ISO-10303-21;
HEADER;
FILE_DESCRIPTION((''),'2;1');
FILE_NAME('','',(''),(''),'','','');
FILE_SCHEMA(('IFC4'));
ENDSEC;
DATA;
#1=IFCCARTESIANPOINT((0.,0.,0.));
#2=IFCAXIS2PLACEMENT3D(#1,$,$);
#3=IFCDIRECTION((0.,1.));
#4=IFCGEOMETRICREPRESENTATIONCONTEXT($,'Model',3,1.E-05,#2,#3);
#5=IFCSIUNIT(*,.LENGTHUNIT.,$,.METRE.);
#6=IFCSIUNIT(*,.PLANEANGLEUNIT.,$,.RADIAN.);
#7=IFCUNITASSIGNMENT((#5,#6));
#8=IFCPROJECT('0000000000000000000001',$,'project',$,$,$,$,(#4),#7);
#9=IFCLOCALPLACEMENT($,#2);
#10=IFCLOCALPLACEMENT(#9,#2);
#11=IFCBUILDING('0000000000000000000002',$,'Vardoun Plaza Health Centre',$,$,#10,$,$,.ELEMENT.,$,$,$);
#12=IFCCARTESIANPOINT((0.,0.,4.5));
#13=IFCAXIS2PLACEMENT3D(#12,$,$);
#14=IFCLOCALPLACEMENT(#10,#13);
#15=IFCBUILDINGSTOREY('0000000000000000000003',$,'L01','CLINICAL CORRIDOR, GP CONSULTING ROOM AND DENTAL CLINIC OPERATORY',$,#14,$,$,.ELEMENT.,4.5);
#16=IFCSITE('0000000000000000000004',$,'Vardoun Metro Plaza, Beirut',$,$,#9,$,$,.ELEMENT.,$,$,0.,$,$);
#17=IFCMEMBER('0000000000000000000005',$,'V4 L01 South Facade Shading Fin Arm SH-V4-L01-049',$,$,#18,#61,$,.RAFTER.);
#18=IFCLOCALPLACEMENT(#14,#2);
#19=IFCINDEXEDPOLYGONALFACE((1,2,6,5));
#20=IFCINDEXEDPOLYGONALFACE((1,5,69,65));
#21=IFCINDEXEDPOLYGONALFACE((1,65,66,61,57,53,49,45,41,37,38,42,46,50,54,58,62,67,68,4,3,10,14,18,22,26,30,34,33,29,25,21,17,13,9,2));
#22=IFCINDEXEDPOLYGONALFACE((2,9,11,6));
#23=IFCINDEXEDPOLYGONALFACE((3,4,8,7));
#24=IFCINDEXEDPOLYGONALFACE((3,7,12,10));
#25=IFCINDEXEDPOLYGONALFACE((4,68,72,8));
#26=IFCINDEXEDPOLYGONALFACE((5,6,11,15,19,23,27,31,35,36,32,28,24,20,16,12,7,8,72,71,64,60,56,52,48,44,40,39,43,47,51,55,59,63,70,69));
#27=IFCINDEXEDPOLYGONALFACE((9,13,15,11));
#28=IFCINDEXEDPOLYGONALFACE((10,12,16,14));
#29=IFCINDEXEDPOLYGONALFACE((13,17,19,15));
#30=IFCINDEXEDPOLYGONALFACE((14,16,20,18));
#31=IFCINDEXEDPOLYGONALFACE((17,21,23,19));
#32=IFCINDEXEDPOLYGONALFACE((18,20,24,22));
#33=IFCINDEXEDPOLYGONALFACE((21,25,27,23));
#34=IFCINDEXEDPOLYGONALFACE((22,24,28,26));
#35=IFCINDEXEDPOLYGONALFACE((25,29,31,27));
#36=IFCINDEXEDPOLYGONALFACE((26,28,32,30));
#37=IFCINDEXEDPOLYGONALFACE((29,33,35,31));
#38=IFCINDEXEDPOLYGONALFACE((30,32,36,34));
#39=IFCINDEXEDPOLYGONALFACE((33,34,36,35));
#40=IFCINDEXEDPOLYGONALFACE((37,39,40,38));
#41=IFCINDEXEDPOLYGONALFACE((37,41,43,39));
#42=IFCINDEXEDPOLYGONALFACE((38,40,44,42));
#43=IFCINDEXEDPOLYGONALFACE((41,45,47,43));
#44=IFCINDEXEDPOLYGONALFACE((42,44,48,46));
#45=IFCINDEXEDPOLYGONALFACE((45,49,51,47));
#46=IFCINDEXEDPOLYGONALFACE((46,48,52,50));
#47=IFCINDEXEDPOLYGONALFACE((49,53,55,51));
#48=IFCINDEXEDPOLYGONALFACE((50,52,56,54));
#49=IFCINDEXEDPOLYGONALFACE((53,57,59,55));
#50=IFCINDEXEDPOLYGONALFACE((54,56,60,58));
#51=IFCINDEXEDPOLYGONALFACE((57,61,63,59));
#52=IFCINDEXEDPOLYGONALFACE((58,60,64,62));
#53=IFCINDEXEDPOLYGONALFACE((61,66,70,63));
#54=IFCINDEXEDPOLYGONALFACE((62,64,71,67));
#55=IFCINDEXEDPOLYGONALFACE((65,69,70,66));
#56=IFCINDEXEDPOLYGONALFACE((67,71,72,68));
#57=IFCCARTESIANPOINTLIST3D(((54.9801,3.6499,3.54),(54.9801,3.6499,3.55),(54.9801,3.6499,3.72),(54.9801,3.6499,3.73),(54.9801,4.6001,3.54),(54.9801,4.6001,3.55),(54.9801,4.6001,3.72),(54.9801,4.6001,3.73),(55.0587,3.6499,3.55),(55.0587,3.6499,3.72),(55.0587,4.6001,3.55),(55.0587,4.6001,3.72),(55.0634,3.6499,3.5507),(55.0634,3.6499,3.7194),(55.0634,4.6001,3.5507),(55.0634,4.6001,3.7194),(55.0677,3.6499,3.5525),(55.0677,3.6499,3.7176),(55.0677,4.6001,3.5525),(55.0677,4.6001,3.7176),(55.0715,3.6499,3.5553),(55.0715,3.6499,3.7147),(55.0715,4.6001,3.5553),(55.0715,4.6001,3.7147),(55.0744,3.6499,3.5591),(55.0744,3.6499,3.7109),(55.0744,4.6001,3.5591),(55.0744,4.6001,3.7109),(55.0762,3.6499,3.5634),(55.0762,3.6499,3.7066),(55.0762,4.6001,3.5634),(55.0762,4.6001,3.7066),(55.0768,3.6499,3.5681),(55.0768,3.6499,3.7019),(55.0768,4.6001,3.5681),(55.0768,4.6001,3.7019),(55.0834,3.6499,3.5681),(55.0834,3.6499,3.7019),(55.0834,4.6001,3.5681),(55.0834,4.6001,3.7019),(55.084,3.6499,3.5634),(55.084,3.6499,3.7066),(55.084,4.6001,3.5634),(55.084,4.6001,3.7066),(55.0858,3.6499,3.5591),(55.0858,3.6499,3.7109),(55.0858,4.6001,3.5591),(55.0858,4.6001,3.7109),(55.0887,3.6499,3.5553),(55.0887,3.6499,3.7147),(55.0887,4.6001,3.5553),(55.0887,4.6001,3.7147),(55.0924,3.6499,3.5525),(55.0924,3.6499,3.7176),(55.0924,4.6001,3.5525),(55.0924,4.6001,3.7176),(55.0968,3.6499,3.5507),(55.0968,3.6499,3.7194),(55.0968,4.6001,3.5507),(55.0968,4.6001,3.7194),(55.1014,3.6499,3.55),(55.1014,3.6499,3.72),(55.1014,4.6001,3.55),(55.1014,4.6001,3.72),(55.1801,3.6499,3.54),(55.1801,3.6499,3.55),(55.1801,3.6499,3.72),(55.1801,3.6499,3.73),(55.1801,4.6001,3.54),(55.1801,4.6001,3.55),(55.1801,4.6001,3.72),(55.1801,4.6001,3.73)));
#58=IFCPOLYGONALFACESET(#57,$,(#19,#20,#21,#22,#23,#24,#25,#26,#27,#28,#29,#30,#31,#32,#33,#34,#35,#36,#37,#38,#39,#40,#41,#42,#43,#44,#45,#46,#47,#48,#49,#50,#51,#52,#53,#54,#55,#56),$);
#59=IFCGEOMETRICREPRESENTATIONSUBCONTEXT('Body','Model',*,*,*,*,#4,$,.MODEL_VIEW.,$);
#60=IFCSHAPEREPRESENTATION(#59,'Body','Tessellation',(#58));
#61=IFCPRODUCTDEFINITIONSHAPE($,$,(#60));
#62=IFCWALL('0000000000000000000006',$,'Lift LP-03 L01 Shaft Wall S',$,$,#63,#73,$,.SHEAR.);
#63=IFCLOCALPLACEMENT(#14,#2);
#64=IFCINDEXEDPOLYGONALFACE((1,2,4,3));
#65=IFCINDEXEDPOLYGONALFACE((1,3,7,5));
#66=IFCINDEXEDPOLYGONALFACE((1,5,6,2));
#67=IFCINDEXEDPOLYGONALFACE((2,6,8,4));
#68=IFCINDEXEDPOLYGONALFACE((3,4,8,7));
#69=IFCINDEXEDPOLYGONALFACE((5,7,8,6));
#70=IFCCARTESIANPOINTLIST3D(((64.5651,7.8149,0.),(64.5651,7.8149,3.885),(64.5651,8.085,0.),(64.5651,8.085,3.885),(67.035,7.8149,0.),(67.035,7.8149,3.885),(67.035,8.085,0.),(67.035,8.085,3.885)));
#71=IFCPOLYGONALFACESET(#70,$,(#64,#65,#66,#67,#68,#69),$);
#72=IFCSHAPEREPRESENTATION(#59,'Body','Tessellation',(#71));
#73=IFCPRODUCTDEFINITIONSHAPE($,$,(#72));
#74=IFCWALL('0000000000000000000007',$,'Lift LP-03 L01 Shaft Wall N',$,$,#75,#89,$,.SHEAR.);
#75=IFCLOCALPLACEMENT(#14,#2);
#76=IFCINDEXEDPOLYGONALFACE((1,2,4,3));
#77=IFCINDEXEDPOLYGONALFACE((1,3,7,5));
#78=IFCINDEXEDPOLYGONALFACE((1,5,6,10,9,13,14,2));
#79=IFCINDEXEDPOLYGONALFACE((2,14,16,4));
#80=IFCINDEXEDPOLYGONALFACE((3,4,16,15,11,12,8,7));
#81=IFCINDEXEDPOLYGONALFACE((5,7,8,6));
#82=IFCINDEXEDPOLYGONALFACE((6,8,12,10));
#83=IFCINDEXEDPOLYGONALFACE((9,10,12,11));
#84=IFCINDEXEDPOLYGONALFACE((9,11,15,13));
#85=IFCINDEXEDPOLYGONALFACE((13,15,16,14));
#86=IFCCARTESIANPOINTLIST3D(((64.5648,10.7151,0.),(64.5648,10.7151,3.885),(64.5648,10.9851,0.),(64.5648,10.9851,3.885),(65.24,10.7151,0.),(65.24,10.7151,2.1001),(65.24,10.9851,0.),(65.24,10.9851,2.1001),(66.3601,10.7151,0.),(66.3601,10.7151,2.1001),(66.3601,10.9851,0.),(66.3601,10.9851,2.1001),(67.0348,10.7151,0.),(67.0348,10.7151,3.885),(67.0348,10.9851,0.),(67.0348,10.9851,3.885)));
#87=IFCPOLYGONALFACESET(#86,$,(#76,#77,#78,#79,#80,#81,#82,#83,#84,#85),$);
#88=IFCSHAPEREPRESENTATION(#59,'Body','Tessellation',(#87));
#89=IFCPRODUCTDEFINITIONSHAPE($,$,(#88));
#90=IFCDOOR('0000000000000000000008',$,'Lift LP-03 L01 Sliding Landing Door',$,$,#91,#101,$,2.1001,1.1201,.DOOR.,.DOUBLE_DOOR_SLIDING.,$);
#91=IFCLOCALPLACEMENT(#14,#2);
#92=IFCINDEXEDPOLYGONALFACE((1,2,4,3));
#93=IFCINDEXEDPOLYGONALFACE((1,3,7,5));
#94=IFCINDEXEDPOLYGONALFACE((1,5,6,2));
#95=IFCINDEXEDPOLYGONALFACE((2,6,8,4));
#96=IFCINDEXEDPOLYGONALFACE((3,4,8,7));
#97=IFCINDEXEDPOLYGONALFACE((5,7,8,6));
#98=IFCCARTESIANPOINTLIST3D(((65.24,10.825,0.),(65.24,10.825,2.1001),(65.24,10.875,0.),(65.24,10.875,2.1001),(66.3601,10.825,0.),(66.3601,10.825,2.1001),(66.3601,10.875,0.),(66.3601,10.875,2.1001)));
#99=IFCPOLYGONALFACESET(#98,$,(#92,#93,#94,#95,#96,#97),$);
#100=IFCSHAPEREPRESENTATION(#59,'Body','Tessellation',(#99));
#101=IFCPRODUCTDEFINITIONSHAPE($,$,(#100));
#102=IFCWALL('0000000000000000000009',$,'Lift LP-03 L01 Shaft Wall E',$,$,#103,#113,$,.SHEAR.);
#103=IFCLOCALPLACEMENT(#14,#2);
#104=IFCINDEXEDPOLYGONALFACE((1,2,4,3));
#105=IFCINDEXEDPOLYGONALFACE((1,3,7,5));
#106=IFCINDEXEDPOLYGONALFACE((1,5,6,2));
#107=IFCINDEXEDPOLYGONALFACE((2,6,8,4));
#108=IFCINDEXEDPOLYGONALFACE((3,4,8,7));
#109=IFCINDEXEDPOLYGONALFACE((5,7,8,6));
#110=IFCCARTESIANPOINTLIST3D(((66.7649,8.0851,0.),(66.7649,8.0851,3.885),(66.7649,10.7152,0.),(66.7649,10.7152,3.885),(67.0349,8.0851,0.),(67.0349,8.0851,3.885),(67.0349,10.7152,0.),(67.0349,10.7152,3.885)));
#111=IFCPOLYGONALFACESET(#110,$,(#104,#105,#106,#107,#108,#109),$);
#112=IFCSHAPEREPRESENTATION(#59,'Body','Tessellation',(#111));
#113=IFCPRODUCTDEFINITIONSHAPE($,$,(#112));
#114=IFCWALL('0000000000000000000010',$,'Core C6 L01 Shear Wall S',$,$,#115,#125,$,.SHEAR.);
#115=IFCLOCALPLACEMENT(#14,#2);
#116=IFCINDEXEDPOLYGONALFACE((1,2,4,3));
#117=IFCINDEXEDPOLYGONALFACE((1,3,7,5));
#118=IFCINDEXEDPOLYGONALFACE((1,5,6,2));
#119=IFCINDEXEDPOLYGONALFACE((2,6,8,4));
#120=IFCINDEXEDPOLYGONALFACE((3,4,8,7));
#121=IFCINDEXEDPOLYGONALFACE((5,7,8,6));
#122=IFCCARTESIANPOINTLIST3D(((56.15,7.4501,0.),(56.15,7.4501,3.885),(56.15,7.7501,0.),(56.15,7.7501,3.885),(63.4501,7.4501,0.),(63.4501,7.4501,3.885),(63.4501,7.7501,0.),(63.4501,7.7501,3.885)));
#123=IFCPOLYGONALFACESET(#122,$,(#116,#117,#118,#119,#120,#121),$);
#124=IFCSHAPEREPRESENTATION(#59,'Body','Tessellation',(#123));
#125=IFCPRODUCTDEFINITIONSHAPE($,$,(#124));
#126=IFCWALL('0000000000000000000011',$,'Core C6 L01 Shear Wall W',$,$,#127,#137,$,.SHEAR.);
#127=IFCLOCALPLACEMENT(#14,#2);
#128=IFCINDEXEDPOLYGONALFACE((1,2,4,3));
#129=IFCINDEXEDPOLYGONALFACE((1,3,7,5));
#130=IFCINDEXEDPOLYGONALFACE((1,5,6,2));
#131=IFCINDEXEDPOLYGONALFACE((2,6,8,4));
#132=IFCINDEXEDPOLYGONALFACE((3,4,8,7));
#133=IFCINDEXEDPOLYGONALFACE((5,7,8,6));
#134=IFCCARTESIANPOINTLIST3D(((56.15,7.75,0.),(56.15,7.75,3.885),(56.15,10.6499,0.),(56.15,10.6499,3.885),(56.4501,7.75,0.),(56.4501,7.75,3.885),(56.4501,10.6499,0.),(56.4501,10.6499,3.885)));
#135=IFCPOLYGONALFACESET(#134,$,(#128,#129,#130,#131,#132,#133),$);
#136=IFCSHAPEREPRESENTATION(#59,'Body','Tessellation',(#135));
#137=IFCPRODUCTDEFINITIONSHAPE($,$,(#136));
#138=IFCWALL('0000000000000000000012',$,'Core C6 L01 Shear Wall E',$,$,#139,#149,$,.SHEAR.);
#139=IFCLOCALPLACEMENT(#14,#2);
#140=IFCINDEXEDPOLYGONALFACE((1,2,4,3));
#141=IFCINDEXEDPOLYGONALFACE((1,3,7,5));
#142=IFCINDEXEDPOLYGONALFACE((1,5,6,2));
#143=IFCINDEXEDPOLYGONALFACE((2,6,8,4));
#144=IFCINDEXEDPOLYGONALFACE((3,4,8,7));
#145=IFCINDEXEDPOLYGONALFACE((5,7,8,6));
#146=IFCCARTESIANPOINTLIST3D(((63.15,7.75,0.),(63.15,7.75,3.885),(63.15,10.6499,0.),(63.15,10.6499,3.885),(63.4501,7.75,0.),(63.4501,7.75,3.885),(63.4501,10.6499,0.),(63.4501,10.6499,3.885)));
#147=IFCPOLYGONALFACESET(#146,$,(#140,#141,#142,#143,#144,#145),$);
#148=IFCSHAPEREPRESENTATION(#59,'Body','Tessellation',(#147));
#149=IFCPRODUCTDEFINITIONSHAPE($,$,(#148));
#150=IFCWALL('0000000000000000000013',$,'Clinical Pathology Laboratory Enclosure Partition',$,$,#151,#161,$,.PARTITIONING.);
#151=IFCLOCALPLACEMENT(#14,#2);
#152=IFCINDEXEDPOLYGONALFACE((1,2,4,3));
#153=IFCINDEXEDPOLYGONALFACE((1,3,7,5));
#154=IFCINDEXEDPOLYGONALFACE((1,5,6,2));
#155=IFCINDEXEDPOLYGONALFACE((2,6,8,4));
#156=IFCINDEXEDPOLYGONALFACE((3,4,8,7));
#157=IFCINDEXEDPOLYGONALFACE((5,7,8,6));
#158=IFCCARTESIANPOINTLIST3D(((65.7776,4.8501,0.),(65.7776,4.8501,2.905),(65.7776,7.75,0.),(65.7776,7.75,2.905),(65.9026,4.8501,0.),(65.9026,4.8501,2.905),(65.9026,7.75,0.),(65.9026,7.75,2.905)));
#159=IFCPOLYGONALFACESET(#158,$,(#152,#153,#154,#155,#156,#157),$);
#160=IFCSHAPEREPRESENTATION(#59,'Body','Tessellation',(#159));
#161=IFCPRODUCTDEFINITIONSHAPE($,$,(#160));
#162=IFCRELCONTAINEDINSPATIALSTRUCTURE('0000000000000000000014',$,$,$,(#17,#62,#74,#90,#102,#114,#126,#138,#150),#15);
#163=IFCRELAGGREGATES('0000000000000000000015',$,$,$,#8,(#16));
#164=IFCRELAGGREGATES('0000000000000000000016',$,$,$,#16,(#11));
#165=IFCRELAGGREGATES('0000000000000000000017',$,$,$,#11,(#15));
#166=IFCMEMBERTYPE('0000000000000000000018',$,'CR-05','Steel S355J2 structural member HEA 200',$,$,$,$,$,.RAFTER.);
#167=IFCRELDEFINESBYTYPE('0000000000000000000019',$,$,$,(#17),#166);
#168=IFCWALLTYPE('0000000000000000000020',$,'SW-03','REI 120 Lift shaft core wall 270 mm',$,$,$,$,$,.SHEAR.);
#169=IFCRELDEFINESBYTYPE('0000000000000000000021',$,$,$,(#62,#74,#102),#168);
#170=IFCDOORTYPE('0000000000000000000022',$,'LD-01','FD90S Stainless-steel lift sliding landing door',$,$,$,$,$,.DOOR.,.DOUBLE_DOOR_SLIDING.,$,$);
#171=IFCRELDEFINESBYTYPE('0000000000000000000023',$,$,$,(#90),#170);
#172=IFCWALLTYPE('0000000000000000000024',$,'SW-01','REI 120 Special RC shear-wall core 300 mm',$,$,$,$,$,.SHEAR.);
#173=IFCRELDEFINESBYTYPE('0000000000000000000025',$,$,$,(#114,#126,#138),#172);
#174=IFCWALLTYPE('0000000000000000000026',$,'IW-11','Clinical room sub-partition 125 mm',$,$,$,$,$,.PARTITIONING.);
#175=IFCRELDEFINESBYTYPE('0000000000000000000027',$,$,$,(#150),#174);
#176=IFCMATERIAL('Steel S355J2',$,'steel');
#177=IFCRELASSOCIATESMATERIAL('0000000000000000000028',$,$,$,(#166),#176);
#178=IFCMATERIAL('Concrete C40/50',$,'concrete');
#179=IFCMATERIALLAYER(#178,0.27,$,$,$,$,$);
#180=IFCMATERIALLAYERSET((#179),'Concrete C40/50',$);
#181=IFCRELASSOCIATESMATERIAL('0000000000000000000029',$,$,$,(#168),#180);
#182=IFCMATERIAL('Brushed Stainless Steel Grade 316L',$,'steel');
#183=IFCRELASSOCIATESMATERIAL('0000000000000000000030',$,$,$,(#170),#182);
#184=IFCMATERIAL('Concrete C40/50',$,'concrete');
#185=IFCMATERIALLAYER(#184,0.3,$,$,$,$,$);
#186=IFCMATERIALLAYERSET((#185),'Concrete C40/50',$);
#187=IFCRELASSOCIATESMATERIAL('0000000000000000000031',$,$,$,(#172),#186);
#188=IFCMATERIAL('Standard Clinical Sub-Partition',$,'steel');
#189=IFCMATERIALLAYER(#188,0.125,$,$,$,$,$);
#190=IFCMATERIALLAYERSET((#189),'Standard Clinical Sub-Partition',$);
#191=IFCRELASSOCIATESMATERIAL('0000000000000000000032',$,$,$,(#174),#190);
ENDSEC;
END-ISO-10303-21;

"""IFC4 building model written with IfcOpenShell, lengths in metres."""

from ifc_helpers import new_model, si_unit, direction, frame, frame_2d, origin, origin_2d, place, context, subcontext, project, spatial, rectangle, i_section, extrude, material, layer, layer_set, material_profile, profile_set, type_object, element, fill, save


model = new_model("IFC4")

# Units and contexts
model_context = context("Model", 3, precision=1e-05, world=origin(), true_north=direction((0.0, 1.0)))
body_context = subcontext(model_context, "Body", "Model", "MODEL_VIEW")
ifc_project = project(units=[si_unit("LENGTHUNIT", "METRE"), si_unit("PLANEANGLEUNIT", "RADIAN")], contexts=[model_context])

# Site, building, storey
site_placement = place(None, origin())
site = spatial("IfcSite", under=ifc_project, at=site_placement, Name="Vardoun Metro Plaza, Beirut", CompositionType="ELEMENT", RefElevation=0.0)
building_placement = place(site_placement, origin())
building = spatial("IfcBuilding", under=site, at=building_placement, Name="Vardoun Plaza Health Centre", CompositionType="ELEMENT")
storey_placement = place(building_placement, frame((0.0, 0.0, 4.5)))
storey = spatial("IfcBuildingStorey", under=building, at=storey_placement, Name="L01", Description="CLINICAL CORRIDOR, GP CONSULTING ROOM AND DENTAL CLINIC OPERATORY", CompositionType="ELEMENT", Elevation=4.5)

# Member
ifc_material_1 = material(Name="Steel S355J2", Category="steel")
ifc_material_profile_1 = material_profile(ifc_material_1, i_section(OverallWidth=0.2, OverallDepth=0.1899, WebThickness=0.0066, FlangeThickness=0.01, FilletRadius=0.0181, at=origin_2d()), Name="HEA 200")
ifc_profile_set_1 = profile_set([ifc_material_profile_1], Name="Steel S355J2")
member_type_1 = type_object("IfcMemberType", Name="CR-05", Description="Steel S355J2 structural member HEA 200", PredefinedType="RAFTER", material=ifc_profile_set_1)
member_1_placement = place(storey_placement, frame((55.0801, 4.6001, 3.635), z_axis=(0.0, -1.0, 0.0), x_axis=(1.0, 0.0, 0.0)))
element("IfcMember", 1, at=member_1_placement, inside=storey, type_object=member_type_1, Name="V4 L01 South Facade Shading Fin Arm SH-V4-L01-049", PredefinedType="RAFTER", context=body_context, shape_type="SweptSolid", body=[
    extrude(i_section(OverallWidth=0.2, OverallDepth=0.1899, WebThickness=0.0066, FlangeThickness=0.01, FilletRadius=0.0181, at=origin_2d()), origin(), (0.0, 0.0, 1.0), 0.9502),
])

# Wall
ifc_material_2 = material(Name="Concrete C40/50", Category="concrete")
ifc_layer_1 = layer(ifc_material_2, 0.27)
ifc_layer_set_1 = layer_set([ifc_layer_1], Name="Concrete C40/50")
wall_type_1 = type_object("IfcWallType", Name="SW-03", Description="REI 120 Lift shaft core wall 270 mm", PredefinedType="SHEAR", material=ifc_layer_set_1)
wall_1_placement = place(storey_placement, frame((67.0349, 7.95, 0.0), z_axis=(0.0, 0.0, 1.0), x_axis=(-1.0, 0.0, 0.0)))
element("IfcWall", 2, at=wall_1_placement, inside=storey, type_object=wall_type_1, Name="Lift LP-03 L01 Shaft Wall S", PredefinedType="SHEAR", context=body_context, shape_type="SweptSolid", body=[
    extrude(rectangle(XDim=2.47, YDim=0.27, at=frame_2d((1.2349, 0.0))), origin(), (0.0, 0.0, 1.0), 3.885),
])

# Wall, opening, door
wall_2_placement = place(storey_placement, frame((64.5649, 10.8501, 0.0), z_axis=(0.0, 0.0, 1.0), x_axis=(1.0, 0.0, 0.0)))
wall_2 = element("IfcWall", 3, at=wall_2_placement, inside=storey, type_object=wall_type_1, Name="Lift LP-03 L01 Shaft Wall N", PredefinedType="SHEAR", context=body_context, shape_type="SweptSolid", body=[
    extrude(rectangle(XDim=2.47, YDim=0.27, at=frame_2d((1.2349, 0.0))), origin(), (0.0, 0.0, 1.0), 3.885),
])
opening_1_placement = place(wall_2_placement, frame((0.675, 0.0, 0.0)))
opening_1 = element("IfcOpeningElement", 4, at=opening_1_placement, cuts=wall_2, PredefinedType="OPENING", context=body_context, shape_type="SweptSolid", body=[
    extrude(rectangle(XDim=1.1201, YDim=2.1001, at=frame_2d((0.5601, 1.05))), frame((0.0, 0.135, 0.0), z_axis=(0.0, -1.0, 0.0), x_axis=(1.0, 0.0, 0.0)), (0.0, 0.0, 1.0), 0.27),
])
ifc_material_3 = material(Name="Brushed Stainless Steel Grade 316L", Category="steel")
door_type_1 = type_object("IfcDoorType", Name="LD-01", Description="FD90S Stainless-steel lift sliding landing door", OperationType="DOUBLE_DOOR_SLIDING", PredefinedType="DOOR", material=ifc_material_3)
door_1_placement = place(opening_1_placement, origin())
door_1 = element("IfcDoor", 5, at=door_1_placement, inside=storey, type_object=door_type_1, Name="Lift LP-03 L01 Sliding Landing Door", OperationType="DOUBLE_DOOR_SLIDING", OverallHeight=2.1001, OverallWidth=1.1201, PredefinedType="DOOR", context=body_context, shape_type="SweptSolid", body=[
    extrude(rectangle(XDim=1.1201, YDim=2.1001, at=frame_2d((0.5601, 1.05))), frame((0.0, 0.0249, 0.0), z_axis=(0.0, -1.0, 0.0), x_axis=(1.0, 0.0, 0.0)), (0.0, 0.0, 1.0), 0.05),
])
fill(opening_1, door_1)

# Walls
wall_3_placement = place(storey_placement, frame((66.8999, 10.7151, 0.0), z_axis=(0.0, 0.0, 1.0), x_axis=(0.0, -1.0, 0.0)))
element("IfcWall", 6, at=wall_3_placement, inside=storey, type_object=wall_type_1, Name="Lift LP-03 L01 Shaft Wall E", PredefinedType="SHEAR", context=body_context, shape_type="SweptSolid", body=[
    extrude(rectangle(XDim=2.6301, YDim=0.27, at=frame_2d((1.3149, 0.0))), origin(), (0.0, 0.0, 1.0), 3.885),
])
ifc_material_4 = material(Name="Concrete C40/50", Category="concrete")
ifc_layer_2 = layer(ifc_material_4, 0.3)
ifc_layer_set_2 = layer_set([ifc_layer_2], Name="Concrete C40/50")
wall_type_2 = type_object("IfcWallType", Name="SW-01", Description="REI 120 Special RC shear-wall core 300 mm", PredefinedType="SHEAR", material=ifc_layer_set_2)
wall_4_placement = place(storey_placement, frame((63.45, 7.6001, 0.0), z_axis=(0.0, 0.0, 1.0), x_axis=(-1.0, 0.0, 0.0)))
element("IfcWall", 7, at=wall_4_placement, inside=storey, type_object=wall_type_2, Name="Core C6 L01 Shear Wall S", PredefinedType="SHEAR", context=body_context, shape_type="SweptSolid", body=[
    extrude(rectangle(XDim=7.3, YDim=0.3, at=frame_2d((3.6499, 0.0))), origin(), (0.0, 0.0, 1.0), 3.885),
])
wall_5_placement = place(storey_placement, frame((56.3, 7.75, 0.0), z_axis=(0.0, 0.0, 1.0), x_axis=(0.0, 1.0, 0.0)))
element("IfcWall", 8, at=wall_5_placement, inside=storey, type_object=wall_type_2, Name="Core C6 L01 Shear Wall W", PredefinedType="SHEAR", context=body_context, shape_type="SweptSolid", body=[
    extrude(rectangle(XDim=2.8999, YDim=0.3, at=frame_2d((1.45, 0.0))), origin(), (0.0, 0.0, 1.0), 3.885),
])

# Wall
wall_6_placement = place(storey_placement, frame((63.3, 10.6499, 0.0), z_axis=(0.0, 0.0, 1.0), x_axis=(0.0, -1.0, 0.0)))
element("IfcWall", 9, at=wall_6_placement, inside=storey, type_object=wall_type_2, Name="Core C6 L01 Shear Wall E", PredefinedType="SHEAR", context=body_context, shape_type="SweptSolid", body=[
    extrude(rectangle(XDim=2.8999, YDim=0.3, at=frame_2d((1.45, 0.0))), origin(), (0.0, 0.0, 1.0), 3.885),
])

# Wall
ifc_material_5 = material(Name="Standard Clinical Sub-Partition", Category="steel")
ifc_layer_3 = layer(ifc_material_5, 0.125)
ifc_layer_set_3 = layer_set([ifc_layer_3], Name="Standard Clinical Sub-Partition")
wall_type_3 = type_object("IfcWallType", Name="IW-11", Description="Clinical room sub-partition 125 mm", PredefinedType="PARTITIONING", material=ifc_layer_set_3)
wall_7_placement = place(storey_placement, frame((65.8401, 4.8501, 0.0), z_axis=(0.0, 0.0, 1.0), x_axis=(0.0, 1.0, 0.0)))
element("IfcWall", 10, at=wall_7_placement, inside=storey, type_object=wall_type_3, Name="Clinical Pathology Laboratory Enclosure Partition", PredefinedType="PARTITIONING", context=body_context, shape_type="SweptSolid", body=[
    extrude(rectangle(XDim=2.8999, YDim=0.125, at=frame_2d((1.45, 0.0))), origin(), (0.0, 0.0, 1.0), 2.905),
])

save(model, "model.ifc")
